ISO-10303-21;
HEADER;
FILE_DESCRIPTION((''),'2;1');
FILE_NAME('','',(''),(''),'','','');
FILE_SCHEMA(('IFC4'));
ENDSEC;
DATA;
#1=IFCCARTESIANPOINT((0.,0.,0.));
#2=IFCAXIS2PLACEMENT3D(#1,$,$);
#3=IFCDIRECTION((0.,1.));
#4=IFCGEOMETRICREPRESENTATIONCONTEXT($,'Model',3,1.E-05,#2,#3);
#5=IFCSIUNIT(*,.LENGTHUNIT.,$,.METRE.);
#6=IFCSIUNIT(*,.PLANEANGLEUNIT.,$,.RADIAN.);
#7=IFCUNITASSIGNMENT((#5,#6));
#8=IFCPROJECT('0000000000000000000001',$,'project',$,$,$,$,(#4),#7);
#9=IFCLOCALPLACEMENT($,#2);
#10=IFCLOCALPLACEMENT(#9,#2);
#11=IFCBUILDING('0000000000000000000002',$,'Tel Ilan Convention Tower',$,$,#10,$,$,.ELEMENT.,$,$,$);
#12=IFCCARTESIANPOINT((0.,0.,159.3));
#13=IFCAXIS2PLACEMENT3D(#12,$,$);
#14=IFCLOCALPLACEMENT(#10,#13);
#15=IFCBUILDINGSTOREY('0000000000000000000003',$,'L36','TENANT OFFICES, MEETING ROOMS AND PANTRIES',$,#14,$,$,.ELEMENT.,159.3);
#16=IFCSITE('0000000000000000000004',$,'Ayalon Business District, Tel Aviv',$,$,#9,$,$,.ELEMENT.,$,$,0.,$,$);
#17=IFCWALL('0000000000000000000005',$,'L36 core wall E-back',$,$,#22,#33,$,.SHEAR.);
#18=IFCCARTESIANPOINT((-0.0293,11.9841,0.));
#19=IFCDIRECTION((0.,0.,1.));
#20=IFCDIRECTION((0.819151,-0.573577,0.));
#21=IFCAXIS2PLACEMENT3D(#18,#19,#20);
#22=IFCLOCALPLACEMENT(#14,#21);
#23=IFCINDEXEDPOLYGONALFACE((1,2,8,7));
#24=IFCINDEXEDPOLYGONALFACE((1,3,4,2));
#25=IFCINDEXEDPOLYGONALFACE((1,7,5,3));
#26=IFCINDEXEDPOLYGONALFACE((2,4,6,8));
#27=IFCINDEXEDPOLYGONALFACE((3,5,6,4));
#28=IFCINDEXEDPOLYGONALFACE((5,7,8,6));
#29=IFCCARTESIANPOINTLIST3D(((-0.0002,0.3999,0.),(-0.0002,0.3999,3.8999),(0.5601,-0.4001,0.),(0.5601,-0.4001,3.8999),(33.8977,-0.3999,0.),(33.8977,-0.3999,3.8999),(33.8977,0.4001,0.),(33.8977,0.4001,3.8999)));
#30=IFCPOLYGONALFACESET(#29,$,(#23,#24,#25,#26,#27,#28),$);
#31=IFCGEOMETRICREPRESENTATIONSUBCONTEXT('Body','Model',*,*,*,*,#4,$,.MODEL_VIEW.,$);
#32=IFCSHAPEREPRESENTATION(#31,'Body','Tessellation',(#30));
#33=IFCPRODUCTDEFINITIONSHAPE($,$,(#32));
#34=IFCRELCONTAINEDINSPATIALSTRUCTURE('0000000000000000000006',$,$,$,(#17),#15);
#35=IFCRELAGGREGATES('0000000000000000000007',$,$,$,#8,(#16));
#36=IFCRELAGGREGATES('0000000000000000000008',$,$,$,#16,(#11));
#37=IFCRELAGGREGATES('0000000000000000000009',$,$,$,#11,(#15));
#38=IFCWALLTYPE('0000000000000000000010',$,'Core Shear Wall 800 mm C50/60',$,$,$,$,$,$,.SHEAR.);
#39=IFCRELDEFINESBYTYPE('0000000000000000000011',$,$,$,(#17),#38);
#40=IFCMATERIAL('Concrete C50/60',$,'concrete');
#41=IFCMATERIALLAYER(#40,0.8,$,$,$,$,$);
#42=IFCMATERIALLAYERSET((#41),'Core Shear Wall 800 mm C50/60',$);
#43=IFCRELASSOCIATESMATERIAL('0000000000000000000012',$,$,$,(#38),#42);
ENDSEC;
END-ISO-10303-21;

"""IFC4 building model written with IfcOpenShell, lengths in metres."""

from ifc_helpers import new_model, si_unit, direction, frame, origin, place, context, subcontext, project, spatial, polyline, outline, extrude, material, layer, layer_set, type_object, element, save


model = new_model("IFC4")

# Units and contexts
model_context = context("Model", 3, precision=1e-05, world=origin(), true_north=direction((0.0, 1.0)))
body_context = subcontext(model_context, "Body", "Model", "MODEL_VIEW")
ifc_project = project(units=[si_unit("LENGTHUNIT", "METRE"), si_unit("PLANEANGLEUNIT", "RADIAN")], contexts=[model_context])

# Site, building, storey
site_placement = place(None, origin())
site = spatial("IfcSite", under=ifc_project, at=site_placement, Name="Ayalon Business District, Tel Aviv", CompositionType="ELEMENT", RefElevation=0.0)
building_placement = place(site_placement, origin())
building = spatial("IfcBuilding", under=site, at=building_placement, Name="Tel Ilan Convention Tower", CompositionType="ELEMENT")
storey_placement = place(building_placement, frame((0.0, 0.0, 159.3)))
storey = spatial("IfcBuildingStorey", under=building, at=storey_placement, Name="L36", Description="TENANT OFFICES, MEETING ROOMS AND PANTRIES", CompositionType="ELEMENT", Elevation=159.3)

# Wall
ifc_material_1 = material(Name="Concrete C50/60", Category="concrete")
ifc_layer_1 = layer(ifc_material_1, 0.8)
ifc_layer_set_1 = layer_set([ifc_layer_1], Name="Core Shear Wall 800 mm C50/60")
wall_type_1 = type_object("IfcWallType", Name="Core Shear Wall 800 mm C50/60", PredefinedType="SHEAR", material=ifc_layer_set_1)
wall_1_placement = place(storey_placement, frame((-0.0293, 11.9841, 0.0), z_axis=(0.0, 0.0, 1.0), x_axis=(0.819151, -0.573577, 0.0)))
element("IfcWall", 1, at=wall_1_placement, inside=storey, type_object=wall_type_1, Name="L36 core wall E-back", PredefinedType="SHEAR", context=body_context, shape_type="SweptSolid", body=[
    extrude(outline(polyline([(33.8977, 0.4001), (-0.0002, 0.3999), (0.5601, -0.4001), (33.8977, -0.3999), (33.8977, 0.4001)])), origin(), (0.0, 0.0, 1.0), 3.8999),
])

save(model, "model.ifc")
